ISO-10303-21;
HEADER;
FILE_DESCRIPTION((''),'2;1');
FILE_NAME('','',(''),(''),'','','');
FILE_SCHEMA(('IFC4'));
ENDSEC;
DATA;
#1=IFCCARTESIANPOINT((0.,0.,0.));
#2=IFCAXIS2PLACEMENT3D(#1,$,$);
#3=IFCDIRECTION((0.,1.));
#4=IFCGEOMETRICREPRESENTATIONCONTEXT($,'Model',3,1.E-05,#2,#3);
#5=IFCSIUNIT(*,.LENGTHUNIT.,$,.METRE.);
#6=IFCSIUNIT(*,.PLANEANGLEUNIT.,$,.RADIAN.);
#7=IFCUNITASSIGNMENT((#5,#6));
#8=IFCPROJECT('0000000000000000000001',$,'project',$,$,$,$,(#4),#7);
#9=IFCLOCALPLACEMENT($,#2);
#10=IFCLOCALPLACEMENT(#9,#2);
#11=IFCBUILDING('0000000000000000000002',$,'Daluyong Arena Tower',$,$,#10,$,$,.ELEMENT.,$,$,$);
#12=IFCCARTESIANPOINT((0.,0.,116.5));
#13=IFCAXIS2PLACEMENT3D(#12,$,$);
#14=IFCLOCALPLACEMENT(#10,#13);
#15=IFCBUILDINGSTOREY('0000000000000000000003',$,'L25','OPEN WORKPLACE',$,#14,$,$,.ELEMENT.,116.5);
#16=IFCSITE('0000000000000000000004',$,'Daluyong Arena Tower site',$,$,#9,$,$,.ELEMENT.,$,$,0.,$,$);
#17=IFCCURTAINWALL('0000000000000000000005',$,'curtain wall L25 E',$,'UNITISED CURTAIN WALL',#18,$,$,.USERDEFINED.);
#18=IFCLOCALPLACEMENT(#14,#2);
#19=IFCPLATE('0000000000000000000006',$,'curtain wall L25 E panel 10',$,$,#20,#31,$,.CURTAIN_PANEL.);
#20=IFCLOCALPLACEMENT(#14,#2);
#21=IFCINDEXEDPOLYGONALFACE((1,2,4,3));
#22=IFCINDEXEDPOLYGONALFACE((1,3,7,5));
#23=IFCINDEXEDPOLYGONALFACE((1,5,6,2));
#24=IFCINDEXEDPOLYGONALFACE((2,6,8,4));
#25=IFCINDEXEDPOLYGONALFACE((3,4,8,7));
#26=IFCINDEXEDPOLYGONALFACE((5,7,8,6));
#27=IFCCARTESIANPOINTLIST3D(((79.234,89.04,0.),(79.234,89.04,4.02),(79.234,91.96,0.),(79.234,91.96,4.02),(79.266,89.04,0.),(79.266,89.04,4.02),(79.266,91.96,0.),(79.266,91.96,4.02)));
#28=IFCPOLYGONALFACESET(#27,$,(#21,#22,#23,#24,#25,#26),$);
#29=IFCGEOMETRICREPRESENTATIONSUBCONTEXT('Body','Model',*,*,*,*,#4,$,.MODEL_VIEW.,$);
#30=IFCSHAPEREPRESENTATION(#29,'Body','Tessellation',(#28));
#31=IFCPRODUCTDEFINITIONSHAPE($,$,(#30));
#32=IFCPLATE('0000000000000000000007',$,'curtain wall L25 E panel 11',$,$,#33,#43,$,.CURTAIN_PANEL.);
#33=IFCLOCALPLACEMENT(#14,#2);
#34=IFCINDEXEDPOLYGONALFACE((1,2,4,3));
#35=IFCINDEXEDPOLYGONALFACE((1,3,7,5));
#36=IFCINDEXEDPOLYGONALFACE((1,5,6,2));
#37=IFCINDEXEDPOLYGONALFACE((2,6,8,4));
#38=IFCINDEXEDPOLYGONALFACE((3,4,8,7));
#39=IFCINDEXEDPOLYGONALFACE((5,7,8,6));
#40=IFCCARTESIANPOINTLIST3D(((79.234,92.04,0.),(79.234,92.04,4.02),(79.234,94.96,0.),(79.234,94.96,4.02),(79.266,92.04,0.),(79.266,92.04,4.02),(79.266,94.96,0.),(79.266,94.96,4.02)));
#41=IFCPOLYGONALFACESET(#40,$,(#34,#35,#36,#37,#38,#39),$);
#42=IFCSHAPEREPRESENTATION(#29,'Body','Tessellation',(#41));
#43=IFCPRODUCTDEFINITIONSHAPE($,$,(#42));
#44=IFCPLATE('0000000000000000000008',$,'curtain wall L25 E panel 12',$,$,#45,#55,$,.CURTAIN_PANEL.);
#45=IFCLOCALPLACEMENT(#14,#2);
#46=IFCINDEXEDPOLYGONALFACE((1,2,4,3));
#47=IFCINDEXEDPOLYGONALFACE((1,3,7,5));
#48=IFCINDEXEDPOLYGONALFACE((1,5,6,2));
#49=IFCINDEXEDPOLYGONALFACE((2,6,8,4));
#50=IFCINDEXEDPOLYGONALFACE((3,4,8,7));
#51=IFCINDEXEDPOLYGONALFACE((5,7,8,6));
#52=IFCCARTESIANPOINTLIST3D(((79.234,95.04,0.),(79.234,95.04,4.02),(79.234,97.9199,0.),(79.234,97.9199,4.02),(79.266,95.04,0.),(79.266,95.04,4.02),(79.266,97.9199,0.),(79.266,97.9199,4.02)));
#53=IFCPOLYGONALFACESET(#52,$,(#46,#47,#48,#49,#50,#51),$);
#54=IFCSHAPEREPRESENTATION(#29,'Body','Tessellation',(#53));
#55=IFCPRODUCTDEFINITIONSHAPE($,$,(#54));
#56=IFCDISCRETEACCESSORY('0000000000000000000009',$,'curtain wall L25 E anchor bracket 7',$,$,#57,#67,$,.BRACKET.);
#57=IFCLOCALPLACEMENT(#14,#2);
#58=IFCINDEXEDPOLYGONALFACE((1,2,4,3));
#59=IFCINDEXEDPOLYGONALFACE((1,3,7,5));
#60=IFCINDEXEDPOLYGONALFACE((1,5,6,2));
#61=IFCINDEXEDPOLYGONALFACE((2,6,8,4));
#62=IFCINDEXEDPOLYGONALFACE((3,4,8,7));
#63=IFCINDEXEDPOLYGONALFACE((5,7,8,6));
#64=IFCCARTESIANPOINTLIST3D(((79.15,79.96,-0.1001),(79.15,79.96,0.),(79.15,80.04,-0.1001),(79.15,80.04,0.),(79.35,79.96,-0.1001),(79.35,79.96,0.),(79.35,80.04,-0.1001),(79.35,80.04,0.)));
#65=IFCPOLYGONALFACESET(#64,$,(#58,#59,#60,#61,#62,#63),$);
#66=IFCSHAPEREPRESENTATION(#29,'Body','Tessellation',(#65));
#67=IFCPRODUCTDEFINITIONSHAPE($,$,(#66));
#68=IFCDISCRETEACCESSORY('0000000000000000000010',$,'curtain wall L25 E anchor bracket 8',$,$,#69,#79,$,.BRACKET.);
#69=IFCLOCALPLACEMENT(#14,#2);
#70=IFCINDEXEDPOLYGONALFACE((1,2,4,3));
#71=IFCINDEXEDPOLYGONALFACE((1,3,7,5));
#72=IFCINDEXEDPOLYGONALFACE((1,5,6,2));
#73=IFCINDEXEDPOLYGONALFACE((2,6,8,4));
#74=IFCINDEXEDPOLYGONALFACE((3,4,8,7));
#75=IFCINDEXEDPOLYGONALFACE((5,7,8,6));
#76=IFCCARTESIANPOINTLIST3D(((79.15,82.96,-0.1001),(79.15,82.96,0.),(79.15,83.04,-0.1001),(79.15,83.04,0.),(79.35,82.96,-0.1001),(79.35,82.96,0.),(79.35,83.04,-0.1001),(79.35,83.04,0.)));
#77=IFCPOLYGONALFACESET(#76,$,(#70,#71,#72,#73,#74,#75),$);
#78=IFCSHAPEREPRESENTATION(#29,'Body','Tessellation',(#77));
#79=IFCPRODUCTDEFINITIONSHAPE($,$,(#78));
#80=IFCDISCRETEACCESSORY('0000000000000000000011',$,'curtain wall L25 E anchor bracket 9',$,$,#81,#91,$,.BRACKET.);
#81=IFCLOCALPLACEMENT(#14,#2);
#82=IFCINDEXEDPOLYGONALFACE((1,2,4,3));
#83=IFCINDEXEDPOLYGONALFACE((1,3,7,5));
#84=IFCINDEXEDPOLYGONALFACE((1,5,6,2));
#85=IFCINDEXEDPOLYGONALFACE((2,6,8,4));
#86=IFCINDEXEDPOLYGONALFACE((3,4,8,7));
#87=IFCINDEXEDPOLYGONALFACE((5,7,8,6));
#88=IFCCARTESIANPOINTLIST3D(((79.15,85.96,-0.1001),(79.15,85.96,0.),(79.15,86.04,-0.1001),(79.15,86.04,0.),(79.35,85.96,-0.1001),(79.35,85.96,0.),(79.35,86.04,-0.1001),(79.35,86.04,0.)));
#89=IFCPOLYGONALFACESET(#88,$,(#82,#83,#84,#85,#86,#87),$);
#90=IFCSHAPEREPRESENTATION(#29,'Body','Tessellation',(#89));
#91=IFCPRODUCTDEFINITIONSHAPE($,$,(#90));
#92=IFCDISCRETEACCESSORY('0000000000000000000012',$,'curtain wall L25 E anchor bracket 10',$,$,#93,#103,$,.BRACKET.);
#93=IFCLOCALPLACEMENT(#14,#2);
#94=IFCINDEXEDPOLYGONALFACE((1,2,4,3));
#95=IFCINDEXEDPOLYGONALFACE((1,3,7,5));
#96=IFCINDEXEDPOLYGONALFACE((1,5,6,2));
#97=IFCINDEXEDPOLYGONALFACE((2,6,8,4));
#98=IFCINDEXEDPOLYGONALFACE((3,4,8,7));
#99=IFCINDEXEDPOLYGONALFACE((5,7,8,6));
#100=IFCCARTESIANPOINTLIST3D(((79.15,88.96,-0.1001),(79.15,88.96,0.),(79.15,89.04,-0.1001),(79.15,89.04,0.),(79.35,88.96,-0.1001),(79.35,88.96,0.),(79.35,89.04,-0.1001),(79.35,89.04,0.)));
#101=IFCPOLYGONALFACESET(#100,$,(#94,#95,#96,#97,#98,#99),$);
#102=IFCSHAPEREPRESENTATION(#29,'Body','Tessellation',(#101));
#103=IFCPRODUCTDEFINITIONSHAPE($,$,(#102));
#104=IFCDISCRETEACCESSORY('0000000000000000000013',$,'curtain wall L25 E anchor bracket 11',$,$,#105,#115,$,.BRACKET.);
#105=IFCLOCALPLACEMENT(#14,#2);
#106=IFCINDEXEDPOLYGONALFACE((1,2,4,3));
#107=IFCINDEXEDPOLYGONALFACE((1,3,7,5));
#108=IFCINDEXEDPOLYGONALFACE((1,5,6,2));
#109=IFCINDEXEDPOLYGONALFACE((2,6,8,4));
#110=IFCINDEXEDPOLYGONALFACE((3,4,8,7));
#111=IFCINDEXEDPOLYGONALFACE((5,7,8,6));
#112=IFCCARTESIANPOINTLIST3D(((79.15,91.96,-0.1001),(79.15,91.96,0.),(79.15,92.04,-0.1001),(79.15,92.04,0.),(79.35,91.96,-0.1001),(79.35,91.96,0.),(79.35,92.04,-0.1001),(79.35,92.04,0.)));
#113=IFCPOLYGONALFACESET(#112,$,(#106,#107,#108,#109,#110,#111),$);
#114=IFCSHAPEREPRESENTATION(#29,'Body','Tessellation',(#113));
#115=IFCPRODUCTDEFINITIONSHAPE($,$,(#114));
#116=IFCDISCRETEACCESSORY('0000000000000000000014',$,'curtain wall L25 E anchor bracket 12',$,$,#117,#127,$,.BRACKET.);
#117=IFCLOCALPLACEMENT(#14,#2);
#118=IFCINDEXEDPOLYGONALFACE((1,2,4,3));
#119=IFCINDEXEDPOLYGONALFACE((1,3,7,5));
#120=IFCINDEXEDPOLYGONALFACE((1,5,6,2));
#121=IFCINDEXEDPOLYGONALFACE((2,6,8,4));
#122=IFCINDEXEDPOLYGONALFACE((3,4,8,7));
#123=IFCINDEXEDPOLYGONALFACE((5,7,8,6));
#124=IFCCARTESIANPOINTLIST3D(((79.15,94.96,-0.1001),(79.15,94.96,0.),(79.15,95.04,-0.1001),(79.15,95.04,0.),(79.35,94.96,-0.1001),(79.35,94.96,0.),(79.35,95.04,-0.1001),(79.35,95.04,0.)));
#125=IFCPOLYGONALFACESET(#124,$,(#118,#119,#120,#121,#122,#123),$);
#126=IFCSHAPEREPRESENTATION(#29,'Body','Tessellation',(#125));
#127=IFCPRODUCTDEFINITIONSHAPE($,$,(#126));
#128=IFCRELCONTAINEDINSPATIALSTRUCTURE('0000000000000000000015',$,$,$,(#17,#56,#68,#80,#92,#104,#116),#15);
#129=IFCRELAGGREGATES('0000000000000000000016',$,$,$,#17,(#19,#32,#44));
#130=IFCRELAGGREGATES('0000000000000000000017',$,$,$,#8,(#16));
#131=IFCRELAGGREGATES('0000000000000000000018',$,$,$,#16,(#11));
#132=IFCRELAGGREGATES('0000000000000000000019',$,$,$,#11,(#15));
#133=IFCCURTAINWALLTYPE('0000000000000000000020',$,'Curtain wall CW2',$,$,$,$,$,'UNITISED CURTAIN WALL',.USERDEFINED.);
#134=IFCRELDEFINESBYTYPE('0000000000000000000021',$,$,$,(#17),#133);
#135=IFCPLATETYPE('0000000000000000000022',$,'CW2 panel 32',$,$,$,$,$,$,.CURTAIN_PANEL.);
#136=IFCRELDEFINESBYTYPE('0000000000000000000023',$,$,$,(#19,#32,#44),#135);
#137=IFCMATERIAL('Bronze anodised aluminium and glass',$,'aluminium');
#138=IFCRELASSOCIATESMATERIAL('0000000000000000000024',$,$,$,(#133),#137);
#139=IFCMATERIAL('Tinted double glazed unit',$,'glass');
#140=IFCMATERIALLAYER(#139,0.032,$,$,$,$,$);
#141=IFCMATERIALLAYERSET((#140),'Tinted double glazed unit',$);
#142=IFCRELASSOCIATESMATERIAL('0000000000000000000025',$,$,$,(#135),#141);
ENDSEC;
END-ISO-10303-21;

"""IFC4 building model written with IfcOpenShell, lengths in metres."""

from ifc_helpers import new_model, si_unit, direction, frame, origin, origin_2d, place, context, subcontext, project, spatial, rectangle, extrude, material, layer, layer_set, type_object, element, aggregate, save


model = new_model("IFC4")

# Units and contexts
model_context = context("Model", 3, precision=1e-05, world=origin(), true_north=direction((0.0, 1.0)))
body_context = subcontext(model_context, "Body", "Model", "MODEL_VIEW")
ifc_project = project(units=[si_unit("LENGTHUNIT", "METRE"), si_unit("PLANEANGLEUNIT", "RADIAN")], contexts=[model_context])

# Site, building, storey
site_placement = place(None, origin())
site = spatial("IfcSite", under=ifc_project, at=site_placement, Name="Daluyong Arena Tower site", CompositionType="ELEMENT", RefElevation=0.0)
building_placement = place(site_placement, origin())
building = spatial("IfcBuilding", under=site, at=building_placement, Name="Daluyong Arena Tower", CompositionType="ELEMENT")
storey_placement = place(building_placement, frame((0.0, 0.0, 116.5)))
storey = spatial("IfcBuildingStorey", under=building, at=storey_placement, Name="L25", Description="OPEN WORKPLACE", CompositionType="ELEMENT", Elevation=116.5)

# Curtain wall
ifc_material_1 = material(Name="Bronze anodised aluminium and glass", Category="aluminium")
curtain_wall_type = type_object("IfcCurtainWallType", Name="Curtain wall CW2", ElementType="UNITISED CURTAIN WALL", PredefinedType="USERDEFINED", material=ifc_material_1)
curtain_wall_placement = place(storey_placement, origin())
curtain_wall = element("IfcCurtainWall", 1, at=curtain_wall_placement, inside=storey, type_object=curtain_wall_type, Name="curtain wall L25 E", ObjectType="UNITISED CURTAIN WALL", PredefinedType="USERDEFINED")

# Plates
ifc_material_2 = material(Name="Tinted double glazed unit", Category="glass")
ifc_layer = layer(ifc_material_2, 0.032)
ifc_layer_set = layer_set([ifc_layer], Name="Tinted double glazed unit")
plate_type = type_object("IfcPlateType", Name="CW2 panel 32", PredefinedType="CURTAIN_PANEL", material=ifc_layer_set)
plate_1_placement = place(storey_placement, frame((79.25, 90.5, 0.0), z_axis=(0.0, 0.0, 1.0), x_axis=(0.0, 1.0, 0.0)))
plate_1 = element("IfcPlate", 2, at=plate_1_placement, type_object=plate_type, Name="curtain wall L25 E panel 10", PredefinedType="CURTAIN_PANEL", context=body_context, shape_type="SweptSolid", body=[
    extrude(rectangle(XDim=2.9199, YDim=0.032, at=origin_2d()), origin(), (0.0, 0.0, 1.0), 4.02),
])
plate_2_placement = place(storey_placement, frame((79.25, 93.5, 0.0), z_axis=(0.0, 0.0, 1.0), x_axis=(0.0, 1.0, 0.0)))
plate_2 = element("IfcPlate", 3, at=plate_2_placement, type_object=plate_type, Name="curtain wall L25 E panel 11", PredefinedType="CURTAIN_PANEL", context=body_context, shape_type="SweptSolid", body=[
    extrude(rectangle(XDim=2.9199, YDim=0.032, at=origin_2d()), origin(), (0.0, 0.0, 1.0), 4.02),
])
plate_3_placement = place(storey_placement, frame((79.25, 96.48, 0.0), z_axis=(0.0, 0.0, 1.0), x_axis=(0.0, 1.0, 0.0)))
plate_3 = element("IfcPlate", 4, at=plate_3_placement, type_object=plate_type, Name="curtain wall L25 E panel 12", PredefinedType="CURTAIN_PANEL", context=body_context, shape_type="SweptSolid", body=[
    extrude(rectangle(XDim=2.8799, YDim=0.032, at=origin_2d()), origin(), (0.0, 0.0, 1.0), 4.02),
])
aggregate(curtain_wall, [plate_1, plate_2, plate_3])

# Discrete accessories
for number, where, z_axis, x_axis, name in (
    (5, (79.25, 80.0, -0.1001), (0.0, 0.0, 1.0), (0.0, 1.0, 0.0), "curtain wall L25 E anchor bracket 7"),
    (6, (79.25, 83.0, -0.1001), (0.0, 0.0, 1.0), (0.0, 1.0, 0.0), "curtain wall L25 E anchor bracket 8"),
    (7, (79.25, 86.0, -0.1001), (0.0, 0.0, 1.0), (0.0, 1.0, 0.0), "curtain wall L25 E anchor bracket 9"),
    (8, (79.25, 89.0, -0.1001), (0.0, 0.0, 1.0), (0.0, 1.0, 0.0), "curtain wall L25 E anchor bracket 10"),
    (9, (79.25, 92.0, -0.1001), (0.0, 0.0, 1.0), (0.0, 1.0, 0.0), "curtain wall L25 E anchor bracket 11"),
    (10, (79.25, 95.0, -0.1001), (0.0, 0.0, 1.0), (0.0, 1.0, 0.0), "curtain wall L25 E anchor bracket 12"),
):
    element("IfcDiscreteAccessory", number, at=place(storey_placement, frame(where, z_axis=z_axis, x_axis=x_axis)), inside=storey, Name=name, PredefinedType="BRACKET", context=body_context, shape_type="SweptSolid", body=[
        extrude(rectangle(XDim=0.0801, YDim=0.2, at=origin_2d()), origin(), (0.0, 0.0, 1.0), 0.1001),
    ])

save(model, "model.ifc")
